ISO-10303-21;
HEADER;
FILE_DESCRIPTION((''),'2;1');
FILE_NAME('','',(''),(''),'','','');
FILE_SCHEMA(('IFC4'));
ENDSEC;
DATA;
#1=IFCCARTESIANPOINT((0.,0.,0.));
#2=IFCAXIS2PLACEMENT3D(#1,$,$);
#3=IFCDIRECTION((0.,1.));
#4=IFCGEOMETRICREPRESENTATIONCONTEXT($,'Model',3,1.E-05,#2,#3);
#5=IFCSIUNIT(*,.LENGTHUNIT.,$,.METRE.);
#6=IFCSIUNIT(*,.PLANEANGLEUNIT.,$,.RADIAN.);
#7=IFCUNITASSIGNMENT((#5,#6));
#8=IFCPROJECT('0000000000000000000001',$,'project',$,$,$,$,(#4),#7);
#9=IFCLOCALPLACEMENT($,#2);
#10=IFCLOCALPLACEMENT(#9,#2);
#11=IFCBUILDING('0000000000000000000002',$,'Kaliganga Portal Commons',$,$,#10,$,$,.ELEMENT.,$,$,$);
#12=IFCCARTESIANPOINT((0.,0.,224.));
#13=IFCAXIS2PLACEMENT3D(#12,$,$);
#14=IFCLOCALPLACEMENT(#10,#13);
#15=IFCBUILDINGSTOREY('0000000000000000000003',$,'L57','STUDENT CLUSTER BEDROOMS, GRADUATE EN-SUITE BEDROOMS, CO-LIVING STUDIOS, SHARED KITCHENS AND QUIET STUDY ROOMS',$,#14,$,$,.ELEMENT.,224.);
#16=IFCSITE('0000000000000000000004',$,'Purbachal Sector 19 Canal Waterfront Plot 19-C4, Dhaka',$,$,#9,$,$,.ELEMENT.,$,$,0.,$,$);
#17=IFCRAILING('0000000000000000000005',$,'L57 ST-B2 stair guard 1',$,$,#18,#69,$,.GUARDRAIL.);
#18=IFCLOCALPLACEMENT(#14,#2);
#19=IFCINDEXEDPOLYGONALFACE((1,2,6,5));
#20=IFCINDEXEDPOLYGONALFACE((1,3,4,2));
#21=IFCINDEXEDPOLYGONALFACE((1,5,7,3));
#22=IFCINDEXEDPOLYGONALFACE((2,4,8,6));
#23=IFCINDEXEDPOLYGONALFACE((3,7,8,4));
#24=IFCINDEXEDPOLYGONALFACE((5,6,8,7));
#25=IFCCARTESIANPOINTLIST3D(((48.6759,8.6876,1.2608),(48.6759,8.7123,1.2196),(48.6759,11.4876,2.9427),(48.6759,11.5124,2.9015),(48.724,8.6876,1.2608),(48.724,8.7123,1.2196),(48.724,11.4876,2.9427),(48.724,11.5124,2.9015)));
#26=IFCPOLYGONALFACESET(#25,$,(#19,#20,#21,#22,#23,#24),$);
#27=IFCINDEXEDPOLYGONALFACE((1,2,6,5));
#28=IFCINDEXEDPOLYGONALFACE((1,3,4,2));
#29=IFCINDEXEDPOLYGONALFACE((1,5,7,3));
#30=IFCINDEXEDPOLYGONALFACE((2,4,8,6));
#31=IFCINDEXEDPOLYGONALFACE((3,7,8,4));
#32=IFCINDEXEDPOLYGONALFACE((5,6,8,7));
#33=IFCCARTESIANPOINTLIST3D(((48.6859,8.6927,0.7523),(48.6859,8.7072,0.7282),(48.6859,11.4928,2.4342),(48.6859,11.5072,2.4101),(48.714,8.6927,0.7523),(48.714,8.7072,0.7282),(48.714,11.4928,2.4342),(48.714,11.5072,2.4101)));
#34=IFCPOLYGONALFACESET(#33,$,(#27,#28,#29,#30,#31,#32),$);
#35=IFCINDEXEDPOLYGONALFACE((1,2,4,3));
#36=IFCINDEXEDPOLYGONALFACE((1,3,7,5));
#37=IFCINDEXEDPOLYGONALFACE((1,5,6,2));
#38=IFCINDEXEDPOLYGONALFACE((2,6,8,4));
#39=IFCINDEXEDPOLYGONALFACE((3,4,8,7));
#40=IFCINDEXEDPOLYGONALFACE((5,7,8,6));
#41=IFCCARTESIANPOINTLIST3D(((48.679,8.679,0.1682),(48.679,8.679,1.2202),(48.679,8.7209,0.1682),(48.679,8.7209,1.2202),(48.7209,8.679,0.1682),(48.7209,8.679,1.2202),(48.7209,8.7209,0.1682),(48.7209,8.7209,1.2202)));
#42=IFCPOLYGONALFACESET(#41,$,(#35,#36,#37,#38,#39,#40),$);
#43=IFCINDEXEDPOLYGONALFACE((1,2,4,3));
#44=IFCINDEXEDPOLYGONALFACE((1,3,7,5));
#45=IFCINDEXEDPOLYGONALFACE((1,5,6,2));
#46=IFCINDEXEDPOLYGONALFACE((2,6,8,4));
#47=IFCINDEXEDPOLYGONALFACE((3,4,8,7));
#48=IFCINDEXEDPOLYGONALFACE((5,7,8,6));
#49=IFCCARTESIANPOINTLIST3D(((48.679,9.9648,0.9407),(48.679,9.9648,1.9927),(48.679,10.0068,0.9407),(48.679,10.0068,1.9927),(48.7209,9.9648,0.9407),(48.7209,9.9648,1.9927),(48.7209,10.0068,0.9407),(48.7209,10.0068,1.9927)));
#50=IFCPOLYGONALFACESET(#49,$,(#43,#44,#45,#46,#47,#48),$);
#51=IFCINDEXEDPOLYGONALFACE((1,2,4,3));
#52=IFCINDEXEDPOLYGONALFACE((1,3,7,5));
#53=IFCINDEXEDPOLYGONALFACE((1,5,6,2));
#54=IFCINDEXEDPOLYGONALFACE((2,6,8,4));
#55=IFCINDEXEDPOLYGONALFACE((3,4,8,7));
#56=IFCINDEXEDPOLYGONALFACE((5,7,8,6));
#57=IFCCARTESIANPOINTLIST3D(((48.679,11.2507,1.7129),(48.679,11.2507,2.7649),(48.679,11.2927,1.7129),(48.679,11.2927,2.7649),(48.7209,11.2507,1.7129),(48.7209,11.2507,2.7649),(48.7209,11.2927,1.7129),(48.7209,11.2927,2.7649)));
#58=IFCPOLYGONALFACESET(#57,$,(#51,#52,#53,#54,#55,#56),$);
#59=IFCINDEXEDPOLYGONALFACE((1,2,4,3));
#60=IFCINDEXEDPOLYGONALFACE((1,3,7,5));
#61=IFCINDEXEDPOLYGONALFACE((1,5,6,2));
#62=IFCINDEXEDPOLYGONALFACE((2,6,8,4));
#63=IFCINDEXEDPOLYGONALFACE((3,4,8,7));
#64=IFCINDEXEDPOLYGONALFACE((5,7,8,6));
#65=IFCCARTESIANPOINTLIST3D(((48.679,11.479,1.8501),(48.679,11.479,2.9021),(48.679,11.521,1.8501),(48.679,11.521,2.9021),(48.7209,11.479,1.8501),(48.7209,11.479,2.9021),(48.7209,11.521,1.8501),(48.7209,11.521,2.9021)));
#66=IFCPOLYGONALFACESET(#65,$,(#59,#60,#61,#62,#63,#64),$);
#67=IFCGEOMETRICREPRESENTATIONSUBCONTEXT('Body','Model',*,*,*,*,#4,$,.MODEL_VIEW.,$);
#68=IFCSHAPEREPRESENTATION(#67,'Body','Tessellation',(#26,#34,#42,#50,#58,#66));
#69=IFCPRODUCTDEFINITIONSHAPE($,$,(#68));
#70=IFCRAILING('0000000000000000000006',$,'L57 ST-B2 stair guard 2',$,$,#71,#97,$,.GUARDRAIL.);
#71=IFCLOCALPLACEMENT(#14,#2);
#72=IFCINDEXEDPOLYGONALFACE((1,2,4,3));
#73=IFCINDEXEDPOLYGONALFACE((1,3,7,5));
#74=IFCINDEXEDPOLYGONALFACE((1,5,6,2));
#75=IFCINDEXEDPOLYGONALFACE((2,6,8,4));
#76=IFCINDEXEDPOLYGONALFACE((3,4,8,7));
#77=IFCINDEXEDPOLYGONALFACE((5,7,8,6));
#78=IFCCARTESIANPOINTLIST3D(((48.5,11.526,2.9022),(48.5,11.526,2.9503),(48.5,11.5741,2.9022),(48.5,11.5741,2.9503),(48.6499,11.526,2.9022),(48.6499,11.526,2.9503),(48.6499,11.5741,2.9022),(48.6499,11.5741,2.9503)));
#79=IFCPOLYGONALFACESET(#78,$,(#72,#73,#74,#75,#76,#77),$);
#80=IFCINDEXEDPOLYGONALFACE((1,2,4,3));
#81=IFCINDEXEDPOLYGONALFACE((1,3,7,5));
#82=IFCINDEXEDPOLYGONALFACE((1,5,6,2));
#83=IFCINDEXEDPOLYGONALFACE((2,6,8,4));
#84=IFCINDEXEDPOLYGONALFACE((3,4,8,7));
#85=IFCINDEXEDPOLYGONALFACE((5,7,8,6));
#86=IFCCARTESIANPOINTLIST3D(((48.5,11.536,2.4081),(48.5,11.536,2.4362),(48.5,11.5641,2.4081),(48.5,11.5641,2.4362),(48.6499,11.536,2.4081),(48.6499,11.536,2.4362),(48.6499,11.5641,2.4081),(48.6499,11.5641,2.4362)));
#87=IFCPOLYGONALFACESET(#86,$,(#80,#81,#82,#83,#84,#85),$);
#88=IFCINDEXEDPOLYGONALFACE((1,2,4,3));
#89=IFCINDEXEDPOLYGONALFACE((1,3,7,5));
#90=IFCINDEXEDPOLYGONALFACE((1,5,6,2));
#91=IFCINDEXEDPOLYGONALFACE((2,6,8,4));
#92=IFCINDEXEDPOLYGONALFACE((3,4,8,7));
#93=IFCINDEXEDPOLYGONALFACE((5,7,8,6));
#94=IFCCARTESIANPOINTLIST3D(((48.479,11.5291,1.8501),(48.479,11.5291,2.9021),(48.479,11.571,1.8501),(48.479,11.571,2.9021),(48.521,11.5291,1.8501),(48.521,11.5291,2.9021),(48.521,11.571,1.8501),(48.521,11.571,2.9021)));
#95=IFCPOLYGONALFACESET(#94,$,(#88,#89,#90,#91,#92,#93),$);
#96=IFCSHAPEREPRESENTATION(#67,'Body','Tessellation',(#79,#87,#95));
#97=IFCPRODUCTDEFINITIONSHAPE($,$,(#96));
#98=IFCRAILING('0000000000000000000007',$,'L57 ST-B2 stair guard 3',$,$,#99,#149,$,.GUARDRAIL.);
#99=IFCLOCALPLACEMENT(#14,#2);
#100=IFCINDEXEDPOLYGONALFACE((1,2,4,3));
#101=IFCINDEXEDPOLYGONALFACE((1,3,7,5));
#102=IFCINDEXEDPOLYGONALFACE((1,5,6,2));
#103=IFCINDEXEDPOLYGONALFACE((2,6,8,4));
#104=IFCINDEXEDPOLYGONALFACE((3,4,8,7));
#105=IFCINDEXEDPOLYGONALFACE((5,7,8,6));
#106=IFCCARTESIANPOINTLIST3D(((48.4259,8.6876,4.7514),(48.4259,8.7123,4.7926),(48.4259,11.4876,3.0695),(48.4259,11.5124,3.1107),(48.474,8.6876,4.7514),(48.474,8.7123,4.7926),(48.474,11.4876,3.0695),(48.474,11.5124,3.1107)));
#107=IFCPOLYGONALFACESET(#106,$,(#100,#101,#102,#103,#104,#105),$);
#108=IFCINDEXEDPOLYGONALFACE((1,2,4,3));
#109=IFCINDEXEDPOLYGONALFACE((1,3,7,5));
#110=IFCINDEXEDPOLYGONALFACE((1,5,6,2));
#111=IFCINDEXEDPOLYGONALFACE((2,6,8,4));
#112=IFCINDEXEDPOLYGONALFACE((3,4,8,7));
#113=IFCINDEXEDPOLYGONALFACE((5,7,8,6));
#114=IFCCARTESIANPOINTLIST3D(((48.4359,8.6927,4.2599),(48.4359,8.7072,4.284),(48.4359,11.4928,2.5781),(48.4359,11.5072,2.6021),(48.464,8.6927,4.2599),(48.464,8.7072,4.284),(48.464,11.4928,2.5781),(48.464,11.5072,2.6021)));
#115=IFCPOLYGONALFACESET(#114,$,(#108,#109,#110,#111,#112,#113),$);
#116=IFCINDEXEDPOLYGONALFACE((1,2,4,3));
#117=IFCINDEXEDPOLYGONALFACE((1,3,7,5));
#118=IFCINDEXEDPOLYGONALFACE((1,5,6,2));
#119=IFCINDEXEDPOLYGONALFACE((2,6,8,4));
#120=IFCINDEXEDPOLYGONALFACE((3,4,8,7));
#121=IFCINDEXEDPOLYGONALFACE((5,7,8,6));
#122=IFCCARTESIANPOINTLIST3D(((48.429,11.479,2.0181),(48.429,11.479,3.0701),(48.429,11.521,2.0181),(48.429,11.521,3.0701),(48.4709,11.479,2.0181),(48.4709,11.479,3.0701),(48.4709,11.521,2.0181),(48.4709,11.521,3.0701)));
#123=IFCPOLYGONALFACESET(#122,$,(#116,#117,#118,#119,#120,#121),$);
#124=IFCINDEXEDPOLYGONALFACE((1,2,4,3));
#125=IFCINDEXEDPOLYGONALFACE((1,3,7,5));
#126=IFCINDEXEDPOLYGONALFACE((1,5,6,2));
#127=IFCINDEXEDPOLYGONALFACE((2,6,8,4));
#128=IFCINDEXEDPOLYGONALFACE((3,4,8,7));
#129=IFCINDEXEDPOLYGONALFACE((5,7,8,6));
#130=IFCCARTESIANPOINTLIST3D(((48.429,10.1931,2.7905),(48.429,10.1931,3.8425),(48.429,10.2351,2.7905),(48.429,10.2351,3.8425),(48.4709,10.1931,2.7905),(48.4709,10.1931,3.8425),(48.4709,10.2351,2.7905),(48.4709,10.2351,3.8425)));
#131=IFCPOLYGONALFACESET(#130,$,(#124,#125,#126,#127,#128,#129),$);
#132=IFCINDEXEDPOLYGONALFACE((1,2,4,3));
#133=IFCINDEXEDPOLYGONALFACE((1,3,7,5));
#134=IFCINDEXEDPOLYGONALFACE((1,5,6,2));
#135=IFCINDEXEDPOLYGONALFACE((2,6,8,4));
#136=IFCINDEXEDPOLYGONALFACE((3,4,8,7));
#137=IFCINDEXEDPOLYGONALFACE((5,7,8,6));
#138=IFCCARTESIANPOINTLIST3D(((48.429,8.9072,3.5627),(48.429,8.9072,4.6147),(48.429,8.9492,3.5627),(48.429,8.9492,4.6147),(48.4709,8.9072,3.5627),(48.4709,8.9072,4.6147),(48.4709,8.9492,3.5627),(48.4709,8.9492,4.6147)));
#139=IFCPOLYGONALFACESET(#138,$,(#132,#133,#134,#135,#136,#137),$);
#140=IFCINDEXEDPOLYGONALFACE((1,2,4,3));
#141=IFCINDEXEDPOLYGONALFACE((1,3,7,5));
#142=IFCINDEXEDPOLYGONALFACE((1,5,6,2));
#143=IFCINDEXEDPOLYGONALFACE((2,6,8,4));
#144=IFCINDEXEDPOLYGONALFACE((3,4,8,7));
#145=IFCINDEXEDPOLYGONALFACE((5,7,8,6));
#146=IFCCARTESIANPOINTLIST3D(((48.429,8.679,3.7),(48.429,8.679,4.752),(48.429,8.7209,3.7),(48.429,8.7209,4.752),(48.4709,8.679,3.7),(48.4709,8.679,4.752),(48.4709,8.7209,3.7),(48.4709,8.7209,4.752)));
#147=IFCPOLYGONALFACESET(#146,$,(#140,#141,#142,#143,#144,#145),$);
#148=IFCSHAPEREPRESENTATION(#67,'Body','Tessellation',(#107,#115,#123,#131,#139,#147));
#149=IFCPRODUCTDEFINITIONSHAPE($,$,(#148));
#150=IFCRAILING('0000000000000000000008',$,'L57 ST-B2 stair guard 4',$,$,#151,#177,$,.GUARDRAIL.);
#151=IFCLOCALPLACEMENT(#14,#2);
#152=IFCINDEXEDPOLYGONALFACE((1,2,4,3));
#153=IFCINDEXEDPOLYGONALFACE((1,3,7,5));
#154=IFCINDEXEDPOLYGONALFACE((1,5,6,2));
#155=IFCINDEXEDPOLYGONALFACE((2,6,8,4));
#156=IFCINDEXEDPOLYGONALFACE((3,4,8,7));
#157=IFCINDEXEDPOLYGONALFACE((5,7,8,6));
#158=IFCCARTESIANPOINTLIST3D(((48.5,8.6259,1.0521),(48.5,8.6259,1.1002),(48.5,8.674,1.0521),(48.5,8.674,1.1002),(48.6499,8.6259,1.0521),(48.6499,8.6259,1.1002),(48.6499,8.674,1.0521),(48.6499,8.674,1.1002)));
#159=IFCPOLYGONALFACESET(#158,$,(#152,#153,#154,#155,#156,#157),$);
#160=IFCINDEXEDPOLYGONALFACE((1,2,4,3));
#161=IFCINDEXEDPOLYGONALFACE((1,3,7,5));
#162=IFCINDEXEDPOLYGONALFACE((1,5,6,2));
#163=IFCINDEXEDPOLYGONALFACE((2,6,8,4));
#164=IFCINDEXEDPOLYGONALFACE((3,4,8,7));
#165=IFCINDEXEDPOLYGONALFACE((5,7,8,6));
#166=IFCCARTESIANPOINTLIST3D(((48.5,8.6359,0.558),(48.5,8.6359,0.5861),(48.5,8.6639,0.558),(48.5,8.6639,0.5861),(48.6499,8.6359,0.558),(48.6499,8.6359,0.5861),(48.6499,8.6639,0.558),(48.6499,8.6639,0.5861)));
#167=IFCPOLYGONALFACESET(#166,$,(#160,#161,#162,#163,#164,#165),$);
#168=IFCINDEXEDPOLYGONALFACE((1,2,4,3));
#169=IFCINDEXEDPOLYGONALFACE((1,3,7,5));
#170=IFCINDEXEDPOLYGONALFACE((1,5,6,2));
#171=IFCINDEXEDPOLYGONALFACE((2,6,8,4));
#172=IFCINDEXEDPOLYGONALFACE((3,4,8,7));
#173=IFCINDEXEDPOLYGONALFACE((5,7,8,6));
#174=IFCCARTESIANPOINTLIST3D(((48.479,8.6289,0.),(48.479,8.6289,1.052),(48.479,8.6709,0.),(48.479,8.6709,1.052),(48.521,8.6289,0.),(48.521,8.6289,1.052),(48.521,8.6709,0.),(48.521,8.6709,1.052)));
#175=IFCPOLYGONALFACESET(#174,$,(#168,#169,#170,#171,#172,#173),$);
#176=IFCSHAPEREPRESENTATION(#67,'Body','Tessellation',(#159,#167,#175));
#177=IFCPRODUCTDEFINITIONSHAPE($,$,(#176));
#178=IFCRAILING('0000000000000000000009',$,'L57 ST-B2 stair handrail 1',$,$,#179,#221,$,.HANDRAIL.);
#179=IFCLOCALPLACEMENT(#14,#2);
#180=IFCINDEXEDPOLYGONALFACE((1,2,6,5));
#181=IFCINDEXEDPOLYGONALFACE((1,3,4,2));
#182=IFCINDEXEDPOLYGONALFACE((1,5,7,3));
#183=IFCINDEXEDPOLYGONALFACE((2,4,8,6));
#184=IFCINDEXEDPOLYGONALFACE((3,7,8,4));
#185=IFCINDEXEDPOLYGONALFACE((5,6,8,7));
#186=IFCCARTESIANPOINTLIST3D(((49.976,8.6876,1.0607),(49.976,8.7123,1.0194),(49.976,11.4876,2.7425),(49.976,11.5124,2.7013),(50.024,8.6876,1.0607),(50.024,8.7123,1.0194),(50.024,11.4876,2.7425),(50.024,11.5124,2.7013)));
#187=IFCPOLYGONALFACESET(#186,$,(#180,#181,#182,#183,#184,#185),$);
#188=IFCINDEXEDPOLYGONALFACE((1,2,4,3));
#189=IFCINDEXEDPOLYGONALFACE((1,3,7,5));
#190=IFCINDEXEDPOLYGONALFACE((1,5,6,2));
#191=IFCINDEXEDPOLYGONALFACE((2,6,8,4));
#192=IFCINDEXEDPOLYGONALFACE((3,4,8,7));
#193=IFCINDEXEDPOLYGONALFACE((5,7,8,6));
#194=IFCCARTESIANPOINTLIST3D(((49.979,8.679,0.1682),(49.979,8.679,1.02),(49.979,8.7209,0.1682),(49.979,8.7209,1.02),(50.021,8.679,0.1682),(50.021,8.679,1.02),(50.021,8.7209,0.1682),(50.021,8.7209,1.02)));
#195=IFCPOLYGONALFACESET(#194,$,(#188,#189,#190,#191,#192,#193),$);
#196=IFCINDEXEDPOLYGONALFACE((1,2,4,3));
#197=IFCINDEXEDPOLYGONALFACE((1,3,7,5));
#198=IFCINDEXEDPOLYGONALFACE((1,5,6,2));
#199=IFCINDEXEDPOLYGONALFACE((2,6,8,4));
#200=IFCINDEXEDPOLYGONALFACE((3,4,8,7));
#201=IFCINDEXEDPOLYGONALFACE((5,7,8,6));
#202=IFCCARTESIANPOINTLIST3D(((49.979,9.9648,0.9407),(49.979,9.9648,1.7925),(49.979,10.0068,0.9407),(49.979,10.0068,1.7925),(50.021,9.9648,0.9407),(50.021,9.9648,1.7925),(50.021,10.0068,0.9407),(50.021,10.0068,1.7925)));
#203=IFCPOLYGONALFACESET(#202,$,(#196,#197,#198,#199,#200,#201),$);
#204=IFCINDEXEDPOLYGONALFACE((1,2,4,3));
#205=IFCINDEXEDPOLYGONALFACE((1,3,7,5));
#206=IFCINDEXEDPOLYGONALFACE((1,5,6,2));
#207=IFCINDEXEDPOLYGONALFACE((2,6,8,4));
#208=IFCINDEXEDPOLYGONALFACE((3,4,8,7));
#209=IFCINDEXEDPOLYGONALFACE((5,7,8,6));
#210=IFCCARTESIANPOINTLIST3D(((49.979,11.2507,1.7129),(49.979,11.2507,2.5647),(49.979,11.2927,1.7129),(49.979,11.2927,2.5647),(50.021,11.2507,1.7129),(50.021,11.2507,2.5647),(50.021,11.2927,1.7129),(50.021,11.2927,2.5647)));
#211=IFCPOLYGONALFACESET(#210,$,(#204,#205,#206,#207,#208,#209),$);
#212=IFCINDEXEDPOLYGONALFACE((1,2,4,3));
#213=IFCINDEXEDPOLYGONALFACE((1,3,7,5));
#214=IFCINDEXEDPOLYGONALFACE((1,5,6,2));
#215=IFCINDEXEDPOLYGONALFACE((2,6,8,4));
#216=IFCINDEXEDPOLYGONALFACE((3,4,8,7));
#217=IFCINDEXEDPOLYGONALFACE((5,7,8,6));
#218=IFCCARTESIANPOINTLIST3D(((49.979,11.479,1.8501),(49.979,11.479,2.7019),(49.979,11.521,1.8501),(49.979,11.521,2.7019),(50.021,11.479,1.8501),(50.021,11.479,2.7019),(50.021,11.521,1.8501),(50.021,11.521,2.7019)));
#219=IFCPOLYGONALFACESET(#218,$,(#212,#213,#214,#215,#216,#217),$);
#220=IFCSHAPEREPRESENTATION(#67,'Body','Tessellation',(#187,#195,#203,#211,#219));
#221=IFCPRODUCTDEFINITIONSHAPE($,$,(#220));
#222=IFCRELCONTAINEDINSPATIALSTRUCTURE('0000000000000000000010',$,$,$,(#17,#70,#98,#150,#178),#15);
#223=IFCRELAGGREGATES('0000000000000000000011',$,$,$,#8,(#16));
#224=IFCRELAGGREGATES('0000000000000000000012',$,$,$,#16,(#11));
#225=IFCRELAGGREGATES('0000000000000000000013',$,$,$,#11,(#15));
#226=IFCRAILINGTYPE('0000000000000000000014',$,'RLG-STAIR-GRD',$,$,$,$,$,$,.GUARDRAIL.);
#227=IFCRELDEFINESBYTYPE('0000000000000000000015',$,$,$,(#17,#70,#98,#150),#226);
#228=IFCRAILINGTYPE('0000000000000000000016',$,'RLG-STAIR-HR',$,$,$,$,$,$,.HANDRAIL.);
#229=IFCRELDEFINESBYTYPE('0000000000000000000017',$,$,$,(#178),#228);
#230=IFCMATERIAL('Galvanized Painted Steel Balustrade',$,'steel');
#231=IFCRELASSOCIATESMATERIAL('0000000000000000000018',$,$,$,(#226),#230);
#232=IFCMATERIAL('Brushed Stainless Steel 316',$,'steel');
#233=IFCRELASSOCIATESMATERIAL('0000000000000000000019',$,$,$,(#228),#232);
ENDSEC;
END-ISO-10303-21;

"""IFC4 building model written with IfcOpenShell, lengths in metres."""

from ifc_helpers import new_model, si_unit, direction, frame, origin, origin_2d, place, context, subcontext, project, spatial, rectangle, extrude, material, type_object, element, save


model = new_model("IFC4")

# Units and contexts
model_context = context("Model", 3, precision=1e-05, world=origin(), true_north=direction((0.0, 1.0)))
body_context = subcontext(model_context, "Body", "Model", "MODEL_VIEW")
ifc_project = project(units=[si_unit("LENGTHUNIT", "METRE"), si_unit("PLANEANGLEUNIT", "RADIAN")], contexts=[model_context])

# Site, building, storey
site_placement = place(None, origin())
site = spatial("IfcSite", under=ifc_project, at=site_placement, Name="Purbachal Sector 19 Canal Waterfront Plot 19-C4, Dhaka", CompositionType="ELEMENT", RefElevation=0.0)
building_placement = place(site_placement, origin())
building = spatial("IfcBuilding", under=site, at=building_placement, Name="Kaliganga Portal Commons", CompositionType="ELEMENT")
storey_placement = place(building_placement, frame((0.0, 0.0, 224.0)))
storey = spatial("IfcBuildingStorey", under=building, at=storey_placement, Name="L57", Description="STUDENT CLUSTER BEDROOMS, GRADUATE EN-SUITE BEDROOMS, CO-LIVING STUDIOS, SHARED KITCHENS AND QUIET STUDY ROOMS", CompositionType="ELEMENT", Elevation=224.0)

# Railings
ifc_material_1 = material(Name="Galvanized Painted Steel Balustrade", Category="steel")
railing_type_1 = type_object("IfcRailingType", Name="RLG-STAIR-GRD", PredefinedType="GUARDRAIL", material=ifc_material_1)
railing_1_placement = place(storey_placement, frame((48.7, 8.7, 0.1682)))
element("IfcRailing", 1, at=railing_1_placement, inside=storey, type_object=railing_type_1, Name="L57 ST-B2 stair guard 1", PredefinedType="GUARDRAIL", context=body_context, shape_type="SweptSolid", body=[
    extrude(rectangle(XDim=0.0481, YDim=0.0481, at=origin_2d()), frame((0.0, 0.0, 1.072), z_axis=(0.0, 0.857242, 0.514913), x_axis=(-1.0, 0.0, 0.0)), (0.0, 0.0, 1.0), 3.2664),
    extrude(rectangle(XDim=0.0281, YDim=0.0281, at=origin_2d()), frame((0.0, 0.0, 0.572), z_axis=(0.0, 0.857242, 0.514913), x_axis=(-1.0, 0.0, 0.0)), (0.0, 0.0, 1.0), 3.2664),
    extrude(rectangle(XDim=0.042, YDim=0.042, at=origin_2d()), origin(), (0.0, 0.0, 1.0), 1.052),
    extrude(rectangle(XDim=0.042, YDim=0.042, at=origin_2d()), frame((0.0, 1.2859, 0.7725)), (0.0, 0.0, 1.0), 1.052),
    extrude(rectangle(XDim=0.042, YDim=0.042, at=origin_2d()), frame((0.0, 2.5718, 1.5447)), (0.0, 0.0, 1.0), 1.052),
    extrude(rectangle(XDim=0.042, YDim=0.042, at=origin_2d()), frame((0.0, 2.8, 1.6819)), (0.0, 0.0, 1.0), 1.052),
])
railing_2_placement = place(storey_placement, frame((48.6499, 11.55, 1.8501)))
element("IfcRailing", 2, at=railing_2_placement, inside=storey, type_object=railing_type_1, Name="L57 ST-B2 stair guard 2", PredefinedType="GUARDRAIL", context=body_context, shape_type="SweptSolid", body=[
    extrude(rectangle(XDim=0.0481, YDim=0.0481, at=origin_2d()), frame((0.0, 0.0, 1.0762), z_axis=(-1.0, 0.0, 0.0), x_axis=(0.0, -1.0, 0.0)), (0.0, 0.0, 1.0), 0.1499),
    extrude(rectangle(XDim=0.0281, YDim=0.0281, at=origin_2d()), frame((0.0, 0.0, 0.572), z_axis=(-1.0, 0.0, 0.0), x_axis=(0.0, -1.0, 0.0)), (0.0, 0.0, 1.0), 0.1499),
    extrude(rectangle(XDim=0.042, YDim=0.042, at=origin_2d()), frame((-0.1499, 0.0, 0.0)), (0.0, 0.0, 1.0), 1.052),
])
railing_3_placement = place(storey_placement, frame((48.45, 11.5, 2.0181)))
element("IfcRailing", 3, at=railing_3_placement, inside=storey, type_object=railing_type_1, Name="L57 ST-B2 stair guard 3", PredefinedType="GUARDRAIL", context=body_context, shape_type="SweptSolid", body=[
    extrude(rectangle(XDim=0.0481, YDim=0.0481, at=origin_2d()), frame((0.0, 0.0, 1.072), z_axis=(0.0, -0.857242, 0.514913), x_axis=(1.0, 0.0, 0.0)), (0.0, 0.0, 1.0), 3.2664),
    extrude(rectangle(XDim=0.0281, YDim=0.0281, at=origin_2d()), frame((0.0, 0.0, 0.572), z_axis=(0.0, -0.857242, 0.514913), x_axis=(1.0, 0.0, 0.0)), (0.0, 0.0, 1.0), 3.2664),
    extrude(rectangle(XDim=0.042, YDim=0.042, at=origin_2d()), origin(), (0.0, 0.0, 1.0), 1.052),
    extrude(rectangle(XDim=0.042, YDim=0.042, at=origin_2d()), frame((0.0, -1.2859, 0.7725)), (0.0, 0.0, 1.0), 1.052),
    extrude(rectangle(XDim=0.042, YDim=0.042, at=origin_2d()), frame((0.0, -2.5718, 1.5447)), (0.0, 0.0, 1.0), 1.052),
    extrude(rectangle(XDim=0.042, YDim=0.042, at=origin_2d()), frame((0.0, -2.8, 1.6819)), (0.0, 0.0, 1.0), 1.052),
])
railing_4_placement = place(storey_placement, frame((48.6499, 8.6499, 0.0)))
element("IfcRailing", 4, at=railing_4_placement, inside=storey, type_object=railing_type_1, Name="L57 ST-B2 stair guard 4", PredefinedType="GUARDRAIL", context=body_context, shape_type="SweptSolid", body=[
    extrude(rectangle(XDim=0.0481, YDim=0.0481, at=origin_2d()), frame((0.0, 0.0, 1.0762), z_axis=(-1.0, 0.0, 0.0), x_axis=(0.0, -1.0, 0.0)), (0.0, 0.0, 1.0), 0.1499),
    extrude(rectangle(XDim=0.0281, YDim=0.0281, at=origin_2d()), frame((0.0, 0.0, 0.572), z_axis=(-1.0, 0.0, 0.0), x_axis=(0.0, -1.0, 0.0)), (0.0, 0.0, 1.0), 0.1499),
    extrude(rectangle(XDim=0.042, YDim=0.042, at=origin_2d()), frame((-0.1499, 0.0, 0.0)), (0.0, 0.0, 1.0), 1.052),
])
ifc_material_2 = material(Name="Brushed Stainless Steel 316", Category="steel")
railing_type_2 = type_object("IfcRailingType", Name="RLG-STAIR-HR", PredefinedType="HANDRAIL", material=ifc_material_2)
railing_5_placement = place(storey_placement, frame((50.0, 8.7, 0.1682)))
element("IfcRailing", 5, at=railing_5_placement, inside=storey, type_object=railing_type_2, Name="L57 ST-B2 stair handrail 1", PredefinedType="HANDRAIL", context=body_context, shape_type="SweptSolid", body=[
    extrude(rectangle(XDim=0.0481, YDim=0.0481, at=origin_2d()), frame((0.0, 0.0, 0.8718), z_axis=(0.0, 0.857242, 0.514913), x_axis=(-1.0, 0.0, 0.0)), (0.0, 0.0, 1.0), 3.2664),
    extrude(rectangle(XDim=0.042, YDim=0.042, at=origin_2d()), origin(), (0.0, 0.0, 1.0), 0.8518),
    extrude(rectangle(XDim=0.042, YDim=0.042, at=origin_2d()), frame((0.0, 1.2859, 0.7725)), (0.0, 0.0, 1.0), 0.8518),
    extrude(rectangle(XDim=0.042, YDim=0.042, at=origin_2d()), frame((0.0, 2.5718, 1.5447)), (0.0, 0.0, 1.0), 0.8518),
    extrude(rectangle(XDim=0.042, YDim=0.042, at=origin_2d()), frame((0.0, 2.8, 1.6819)), (0.0, 0.0, 1.0), 0.8518),
])

save(model, "model.ifc")
